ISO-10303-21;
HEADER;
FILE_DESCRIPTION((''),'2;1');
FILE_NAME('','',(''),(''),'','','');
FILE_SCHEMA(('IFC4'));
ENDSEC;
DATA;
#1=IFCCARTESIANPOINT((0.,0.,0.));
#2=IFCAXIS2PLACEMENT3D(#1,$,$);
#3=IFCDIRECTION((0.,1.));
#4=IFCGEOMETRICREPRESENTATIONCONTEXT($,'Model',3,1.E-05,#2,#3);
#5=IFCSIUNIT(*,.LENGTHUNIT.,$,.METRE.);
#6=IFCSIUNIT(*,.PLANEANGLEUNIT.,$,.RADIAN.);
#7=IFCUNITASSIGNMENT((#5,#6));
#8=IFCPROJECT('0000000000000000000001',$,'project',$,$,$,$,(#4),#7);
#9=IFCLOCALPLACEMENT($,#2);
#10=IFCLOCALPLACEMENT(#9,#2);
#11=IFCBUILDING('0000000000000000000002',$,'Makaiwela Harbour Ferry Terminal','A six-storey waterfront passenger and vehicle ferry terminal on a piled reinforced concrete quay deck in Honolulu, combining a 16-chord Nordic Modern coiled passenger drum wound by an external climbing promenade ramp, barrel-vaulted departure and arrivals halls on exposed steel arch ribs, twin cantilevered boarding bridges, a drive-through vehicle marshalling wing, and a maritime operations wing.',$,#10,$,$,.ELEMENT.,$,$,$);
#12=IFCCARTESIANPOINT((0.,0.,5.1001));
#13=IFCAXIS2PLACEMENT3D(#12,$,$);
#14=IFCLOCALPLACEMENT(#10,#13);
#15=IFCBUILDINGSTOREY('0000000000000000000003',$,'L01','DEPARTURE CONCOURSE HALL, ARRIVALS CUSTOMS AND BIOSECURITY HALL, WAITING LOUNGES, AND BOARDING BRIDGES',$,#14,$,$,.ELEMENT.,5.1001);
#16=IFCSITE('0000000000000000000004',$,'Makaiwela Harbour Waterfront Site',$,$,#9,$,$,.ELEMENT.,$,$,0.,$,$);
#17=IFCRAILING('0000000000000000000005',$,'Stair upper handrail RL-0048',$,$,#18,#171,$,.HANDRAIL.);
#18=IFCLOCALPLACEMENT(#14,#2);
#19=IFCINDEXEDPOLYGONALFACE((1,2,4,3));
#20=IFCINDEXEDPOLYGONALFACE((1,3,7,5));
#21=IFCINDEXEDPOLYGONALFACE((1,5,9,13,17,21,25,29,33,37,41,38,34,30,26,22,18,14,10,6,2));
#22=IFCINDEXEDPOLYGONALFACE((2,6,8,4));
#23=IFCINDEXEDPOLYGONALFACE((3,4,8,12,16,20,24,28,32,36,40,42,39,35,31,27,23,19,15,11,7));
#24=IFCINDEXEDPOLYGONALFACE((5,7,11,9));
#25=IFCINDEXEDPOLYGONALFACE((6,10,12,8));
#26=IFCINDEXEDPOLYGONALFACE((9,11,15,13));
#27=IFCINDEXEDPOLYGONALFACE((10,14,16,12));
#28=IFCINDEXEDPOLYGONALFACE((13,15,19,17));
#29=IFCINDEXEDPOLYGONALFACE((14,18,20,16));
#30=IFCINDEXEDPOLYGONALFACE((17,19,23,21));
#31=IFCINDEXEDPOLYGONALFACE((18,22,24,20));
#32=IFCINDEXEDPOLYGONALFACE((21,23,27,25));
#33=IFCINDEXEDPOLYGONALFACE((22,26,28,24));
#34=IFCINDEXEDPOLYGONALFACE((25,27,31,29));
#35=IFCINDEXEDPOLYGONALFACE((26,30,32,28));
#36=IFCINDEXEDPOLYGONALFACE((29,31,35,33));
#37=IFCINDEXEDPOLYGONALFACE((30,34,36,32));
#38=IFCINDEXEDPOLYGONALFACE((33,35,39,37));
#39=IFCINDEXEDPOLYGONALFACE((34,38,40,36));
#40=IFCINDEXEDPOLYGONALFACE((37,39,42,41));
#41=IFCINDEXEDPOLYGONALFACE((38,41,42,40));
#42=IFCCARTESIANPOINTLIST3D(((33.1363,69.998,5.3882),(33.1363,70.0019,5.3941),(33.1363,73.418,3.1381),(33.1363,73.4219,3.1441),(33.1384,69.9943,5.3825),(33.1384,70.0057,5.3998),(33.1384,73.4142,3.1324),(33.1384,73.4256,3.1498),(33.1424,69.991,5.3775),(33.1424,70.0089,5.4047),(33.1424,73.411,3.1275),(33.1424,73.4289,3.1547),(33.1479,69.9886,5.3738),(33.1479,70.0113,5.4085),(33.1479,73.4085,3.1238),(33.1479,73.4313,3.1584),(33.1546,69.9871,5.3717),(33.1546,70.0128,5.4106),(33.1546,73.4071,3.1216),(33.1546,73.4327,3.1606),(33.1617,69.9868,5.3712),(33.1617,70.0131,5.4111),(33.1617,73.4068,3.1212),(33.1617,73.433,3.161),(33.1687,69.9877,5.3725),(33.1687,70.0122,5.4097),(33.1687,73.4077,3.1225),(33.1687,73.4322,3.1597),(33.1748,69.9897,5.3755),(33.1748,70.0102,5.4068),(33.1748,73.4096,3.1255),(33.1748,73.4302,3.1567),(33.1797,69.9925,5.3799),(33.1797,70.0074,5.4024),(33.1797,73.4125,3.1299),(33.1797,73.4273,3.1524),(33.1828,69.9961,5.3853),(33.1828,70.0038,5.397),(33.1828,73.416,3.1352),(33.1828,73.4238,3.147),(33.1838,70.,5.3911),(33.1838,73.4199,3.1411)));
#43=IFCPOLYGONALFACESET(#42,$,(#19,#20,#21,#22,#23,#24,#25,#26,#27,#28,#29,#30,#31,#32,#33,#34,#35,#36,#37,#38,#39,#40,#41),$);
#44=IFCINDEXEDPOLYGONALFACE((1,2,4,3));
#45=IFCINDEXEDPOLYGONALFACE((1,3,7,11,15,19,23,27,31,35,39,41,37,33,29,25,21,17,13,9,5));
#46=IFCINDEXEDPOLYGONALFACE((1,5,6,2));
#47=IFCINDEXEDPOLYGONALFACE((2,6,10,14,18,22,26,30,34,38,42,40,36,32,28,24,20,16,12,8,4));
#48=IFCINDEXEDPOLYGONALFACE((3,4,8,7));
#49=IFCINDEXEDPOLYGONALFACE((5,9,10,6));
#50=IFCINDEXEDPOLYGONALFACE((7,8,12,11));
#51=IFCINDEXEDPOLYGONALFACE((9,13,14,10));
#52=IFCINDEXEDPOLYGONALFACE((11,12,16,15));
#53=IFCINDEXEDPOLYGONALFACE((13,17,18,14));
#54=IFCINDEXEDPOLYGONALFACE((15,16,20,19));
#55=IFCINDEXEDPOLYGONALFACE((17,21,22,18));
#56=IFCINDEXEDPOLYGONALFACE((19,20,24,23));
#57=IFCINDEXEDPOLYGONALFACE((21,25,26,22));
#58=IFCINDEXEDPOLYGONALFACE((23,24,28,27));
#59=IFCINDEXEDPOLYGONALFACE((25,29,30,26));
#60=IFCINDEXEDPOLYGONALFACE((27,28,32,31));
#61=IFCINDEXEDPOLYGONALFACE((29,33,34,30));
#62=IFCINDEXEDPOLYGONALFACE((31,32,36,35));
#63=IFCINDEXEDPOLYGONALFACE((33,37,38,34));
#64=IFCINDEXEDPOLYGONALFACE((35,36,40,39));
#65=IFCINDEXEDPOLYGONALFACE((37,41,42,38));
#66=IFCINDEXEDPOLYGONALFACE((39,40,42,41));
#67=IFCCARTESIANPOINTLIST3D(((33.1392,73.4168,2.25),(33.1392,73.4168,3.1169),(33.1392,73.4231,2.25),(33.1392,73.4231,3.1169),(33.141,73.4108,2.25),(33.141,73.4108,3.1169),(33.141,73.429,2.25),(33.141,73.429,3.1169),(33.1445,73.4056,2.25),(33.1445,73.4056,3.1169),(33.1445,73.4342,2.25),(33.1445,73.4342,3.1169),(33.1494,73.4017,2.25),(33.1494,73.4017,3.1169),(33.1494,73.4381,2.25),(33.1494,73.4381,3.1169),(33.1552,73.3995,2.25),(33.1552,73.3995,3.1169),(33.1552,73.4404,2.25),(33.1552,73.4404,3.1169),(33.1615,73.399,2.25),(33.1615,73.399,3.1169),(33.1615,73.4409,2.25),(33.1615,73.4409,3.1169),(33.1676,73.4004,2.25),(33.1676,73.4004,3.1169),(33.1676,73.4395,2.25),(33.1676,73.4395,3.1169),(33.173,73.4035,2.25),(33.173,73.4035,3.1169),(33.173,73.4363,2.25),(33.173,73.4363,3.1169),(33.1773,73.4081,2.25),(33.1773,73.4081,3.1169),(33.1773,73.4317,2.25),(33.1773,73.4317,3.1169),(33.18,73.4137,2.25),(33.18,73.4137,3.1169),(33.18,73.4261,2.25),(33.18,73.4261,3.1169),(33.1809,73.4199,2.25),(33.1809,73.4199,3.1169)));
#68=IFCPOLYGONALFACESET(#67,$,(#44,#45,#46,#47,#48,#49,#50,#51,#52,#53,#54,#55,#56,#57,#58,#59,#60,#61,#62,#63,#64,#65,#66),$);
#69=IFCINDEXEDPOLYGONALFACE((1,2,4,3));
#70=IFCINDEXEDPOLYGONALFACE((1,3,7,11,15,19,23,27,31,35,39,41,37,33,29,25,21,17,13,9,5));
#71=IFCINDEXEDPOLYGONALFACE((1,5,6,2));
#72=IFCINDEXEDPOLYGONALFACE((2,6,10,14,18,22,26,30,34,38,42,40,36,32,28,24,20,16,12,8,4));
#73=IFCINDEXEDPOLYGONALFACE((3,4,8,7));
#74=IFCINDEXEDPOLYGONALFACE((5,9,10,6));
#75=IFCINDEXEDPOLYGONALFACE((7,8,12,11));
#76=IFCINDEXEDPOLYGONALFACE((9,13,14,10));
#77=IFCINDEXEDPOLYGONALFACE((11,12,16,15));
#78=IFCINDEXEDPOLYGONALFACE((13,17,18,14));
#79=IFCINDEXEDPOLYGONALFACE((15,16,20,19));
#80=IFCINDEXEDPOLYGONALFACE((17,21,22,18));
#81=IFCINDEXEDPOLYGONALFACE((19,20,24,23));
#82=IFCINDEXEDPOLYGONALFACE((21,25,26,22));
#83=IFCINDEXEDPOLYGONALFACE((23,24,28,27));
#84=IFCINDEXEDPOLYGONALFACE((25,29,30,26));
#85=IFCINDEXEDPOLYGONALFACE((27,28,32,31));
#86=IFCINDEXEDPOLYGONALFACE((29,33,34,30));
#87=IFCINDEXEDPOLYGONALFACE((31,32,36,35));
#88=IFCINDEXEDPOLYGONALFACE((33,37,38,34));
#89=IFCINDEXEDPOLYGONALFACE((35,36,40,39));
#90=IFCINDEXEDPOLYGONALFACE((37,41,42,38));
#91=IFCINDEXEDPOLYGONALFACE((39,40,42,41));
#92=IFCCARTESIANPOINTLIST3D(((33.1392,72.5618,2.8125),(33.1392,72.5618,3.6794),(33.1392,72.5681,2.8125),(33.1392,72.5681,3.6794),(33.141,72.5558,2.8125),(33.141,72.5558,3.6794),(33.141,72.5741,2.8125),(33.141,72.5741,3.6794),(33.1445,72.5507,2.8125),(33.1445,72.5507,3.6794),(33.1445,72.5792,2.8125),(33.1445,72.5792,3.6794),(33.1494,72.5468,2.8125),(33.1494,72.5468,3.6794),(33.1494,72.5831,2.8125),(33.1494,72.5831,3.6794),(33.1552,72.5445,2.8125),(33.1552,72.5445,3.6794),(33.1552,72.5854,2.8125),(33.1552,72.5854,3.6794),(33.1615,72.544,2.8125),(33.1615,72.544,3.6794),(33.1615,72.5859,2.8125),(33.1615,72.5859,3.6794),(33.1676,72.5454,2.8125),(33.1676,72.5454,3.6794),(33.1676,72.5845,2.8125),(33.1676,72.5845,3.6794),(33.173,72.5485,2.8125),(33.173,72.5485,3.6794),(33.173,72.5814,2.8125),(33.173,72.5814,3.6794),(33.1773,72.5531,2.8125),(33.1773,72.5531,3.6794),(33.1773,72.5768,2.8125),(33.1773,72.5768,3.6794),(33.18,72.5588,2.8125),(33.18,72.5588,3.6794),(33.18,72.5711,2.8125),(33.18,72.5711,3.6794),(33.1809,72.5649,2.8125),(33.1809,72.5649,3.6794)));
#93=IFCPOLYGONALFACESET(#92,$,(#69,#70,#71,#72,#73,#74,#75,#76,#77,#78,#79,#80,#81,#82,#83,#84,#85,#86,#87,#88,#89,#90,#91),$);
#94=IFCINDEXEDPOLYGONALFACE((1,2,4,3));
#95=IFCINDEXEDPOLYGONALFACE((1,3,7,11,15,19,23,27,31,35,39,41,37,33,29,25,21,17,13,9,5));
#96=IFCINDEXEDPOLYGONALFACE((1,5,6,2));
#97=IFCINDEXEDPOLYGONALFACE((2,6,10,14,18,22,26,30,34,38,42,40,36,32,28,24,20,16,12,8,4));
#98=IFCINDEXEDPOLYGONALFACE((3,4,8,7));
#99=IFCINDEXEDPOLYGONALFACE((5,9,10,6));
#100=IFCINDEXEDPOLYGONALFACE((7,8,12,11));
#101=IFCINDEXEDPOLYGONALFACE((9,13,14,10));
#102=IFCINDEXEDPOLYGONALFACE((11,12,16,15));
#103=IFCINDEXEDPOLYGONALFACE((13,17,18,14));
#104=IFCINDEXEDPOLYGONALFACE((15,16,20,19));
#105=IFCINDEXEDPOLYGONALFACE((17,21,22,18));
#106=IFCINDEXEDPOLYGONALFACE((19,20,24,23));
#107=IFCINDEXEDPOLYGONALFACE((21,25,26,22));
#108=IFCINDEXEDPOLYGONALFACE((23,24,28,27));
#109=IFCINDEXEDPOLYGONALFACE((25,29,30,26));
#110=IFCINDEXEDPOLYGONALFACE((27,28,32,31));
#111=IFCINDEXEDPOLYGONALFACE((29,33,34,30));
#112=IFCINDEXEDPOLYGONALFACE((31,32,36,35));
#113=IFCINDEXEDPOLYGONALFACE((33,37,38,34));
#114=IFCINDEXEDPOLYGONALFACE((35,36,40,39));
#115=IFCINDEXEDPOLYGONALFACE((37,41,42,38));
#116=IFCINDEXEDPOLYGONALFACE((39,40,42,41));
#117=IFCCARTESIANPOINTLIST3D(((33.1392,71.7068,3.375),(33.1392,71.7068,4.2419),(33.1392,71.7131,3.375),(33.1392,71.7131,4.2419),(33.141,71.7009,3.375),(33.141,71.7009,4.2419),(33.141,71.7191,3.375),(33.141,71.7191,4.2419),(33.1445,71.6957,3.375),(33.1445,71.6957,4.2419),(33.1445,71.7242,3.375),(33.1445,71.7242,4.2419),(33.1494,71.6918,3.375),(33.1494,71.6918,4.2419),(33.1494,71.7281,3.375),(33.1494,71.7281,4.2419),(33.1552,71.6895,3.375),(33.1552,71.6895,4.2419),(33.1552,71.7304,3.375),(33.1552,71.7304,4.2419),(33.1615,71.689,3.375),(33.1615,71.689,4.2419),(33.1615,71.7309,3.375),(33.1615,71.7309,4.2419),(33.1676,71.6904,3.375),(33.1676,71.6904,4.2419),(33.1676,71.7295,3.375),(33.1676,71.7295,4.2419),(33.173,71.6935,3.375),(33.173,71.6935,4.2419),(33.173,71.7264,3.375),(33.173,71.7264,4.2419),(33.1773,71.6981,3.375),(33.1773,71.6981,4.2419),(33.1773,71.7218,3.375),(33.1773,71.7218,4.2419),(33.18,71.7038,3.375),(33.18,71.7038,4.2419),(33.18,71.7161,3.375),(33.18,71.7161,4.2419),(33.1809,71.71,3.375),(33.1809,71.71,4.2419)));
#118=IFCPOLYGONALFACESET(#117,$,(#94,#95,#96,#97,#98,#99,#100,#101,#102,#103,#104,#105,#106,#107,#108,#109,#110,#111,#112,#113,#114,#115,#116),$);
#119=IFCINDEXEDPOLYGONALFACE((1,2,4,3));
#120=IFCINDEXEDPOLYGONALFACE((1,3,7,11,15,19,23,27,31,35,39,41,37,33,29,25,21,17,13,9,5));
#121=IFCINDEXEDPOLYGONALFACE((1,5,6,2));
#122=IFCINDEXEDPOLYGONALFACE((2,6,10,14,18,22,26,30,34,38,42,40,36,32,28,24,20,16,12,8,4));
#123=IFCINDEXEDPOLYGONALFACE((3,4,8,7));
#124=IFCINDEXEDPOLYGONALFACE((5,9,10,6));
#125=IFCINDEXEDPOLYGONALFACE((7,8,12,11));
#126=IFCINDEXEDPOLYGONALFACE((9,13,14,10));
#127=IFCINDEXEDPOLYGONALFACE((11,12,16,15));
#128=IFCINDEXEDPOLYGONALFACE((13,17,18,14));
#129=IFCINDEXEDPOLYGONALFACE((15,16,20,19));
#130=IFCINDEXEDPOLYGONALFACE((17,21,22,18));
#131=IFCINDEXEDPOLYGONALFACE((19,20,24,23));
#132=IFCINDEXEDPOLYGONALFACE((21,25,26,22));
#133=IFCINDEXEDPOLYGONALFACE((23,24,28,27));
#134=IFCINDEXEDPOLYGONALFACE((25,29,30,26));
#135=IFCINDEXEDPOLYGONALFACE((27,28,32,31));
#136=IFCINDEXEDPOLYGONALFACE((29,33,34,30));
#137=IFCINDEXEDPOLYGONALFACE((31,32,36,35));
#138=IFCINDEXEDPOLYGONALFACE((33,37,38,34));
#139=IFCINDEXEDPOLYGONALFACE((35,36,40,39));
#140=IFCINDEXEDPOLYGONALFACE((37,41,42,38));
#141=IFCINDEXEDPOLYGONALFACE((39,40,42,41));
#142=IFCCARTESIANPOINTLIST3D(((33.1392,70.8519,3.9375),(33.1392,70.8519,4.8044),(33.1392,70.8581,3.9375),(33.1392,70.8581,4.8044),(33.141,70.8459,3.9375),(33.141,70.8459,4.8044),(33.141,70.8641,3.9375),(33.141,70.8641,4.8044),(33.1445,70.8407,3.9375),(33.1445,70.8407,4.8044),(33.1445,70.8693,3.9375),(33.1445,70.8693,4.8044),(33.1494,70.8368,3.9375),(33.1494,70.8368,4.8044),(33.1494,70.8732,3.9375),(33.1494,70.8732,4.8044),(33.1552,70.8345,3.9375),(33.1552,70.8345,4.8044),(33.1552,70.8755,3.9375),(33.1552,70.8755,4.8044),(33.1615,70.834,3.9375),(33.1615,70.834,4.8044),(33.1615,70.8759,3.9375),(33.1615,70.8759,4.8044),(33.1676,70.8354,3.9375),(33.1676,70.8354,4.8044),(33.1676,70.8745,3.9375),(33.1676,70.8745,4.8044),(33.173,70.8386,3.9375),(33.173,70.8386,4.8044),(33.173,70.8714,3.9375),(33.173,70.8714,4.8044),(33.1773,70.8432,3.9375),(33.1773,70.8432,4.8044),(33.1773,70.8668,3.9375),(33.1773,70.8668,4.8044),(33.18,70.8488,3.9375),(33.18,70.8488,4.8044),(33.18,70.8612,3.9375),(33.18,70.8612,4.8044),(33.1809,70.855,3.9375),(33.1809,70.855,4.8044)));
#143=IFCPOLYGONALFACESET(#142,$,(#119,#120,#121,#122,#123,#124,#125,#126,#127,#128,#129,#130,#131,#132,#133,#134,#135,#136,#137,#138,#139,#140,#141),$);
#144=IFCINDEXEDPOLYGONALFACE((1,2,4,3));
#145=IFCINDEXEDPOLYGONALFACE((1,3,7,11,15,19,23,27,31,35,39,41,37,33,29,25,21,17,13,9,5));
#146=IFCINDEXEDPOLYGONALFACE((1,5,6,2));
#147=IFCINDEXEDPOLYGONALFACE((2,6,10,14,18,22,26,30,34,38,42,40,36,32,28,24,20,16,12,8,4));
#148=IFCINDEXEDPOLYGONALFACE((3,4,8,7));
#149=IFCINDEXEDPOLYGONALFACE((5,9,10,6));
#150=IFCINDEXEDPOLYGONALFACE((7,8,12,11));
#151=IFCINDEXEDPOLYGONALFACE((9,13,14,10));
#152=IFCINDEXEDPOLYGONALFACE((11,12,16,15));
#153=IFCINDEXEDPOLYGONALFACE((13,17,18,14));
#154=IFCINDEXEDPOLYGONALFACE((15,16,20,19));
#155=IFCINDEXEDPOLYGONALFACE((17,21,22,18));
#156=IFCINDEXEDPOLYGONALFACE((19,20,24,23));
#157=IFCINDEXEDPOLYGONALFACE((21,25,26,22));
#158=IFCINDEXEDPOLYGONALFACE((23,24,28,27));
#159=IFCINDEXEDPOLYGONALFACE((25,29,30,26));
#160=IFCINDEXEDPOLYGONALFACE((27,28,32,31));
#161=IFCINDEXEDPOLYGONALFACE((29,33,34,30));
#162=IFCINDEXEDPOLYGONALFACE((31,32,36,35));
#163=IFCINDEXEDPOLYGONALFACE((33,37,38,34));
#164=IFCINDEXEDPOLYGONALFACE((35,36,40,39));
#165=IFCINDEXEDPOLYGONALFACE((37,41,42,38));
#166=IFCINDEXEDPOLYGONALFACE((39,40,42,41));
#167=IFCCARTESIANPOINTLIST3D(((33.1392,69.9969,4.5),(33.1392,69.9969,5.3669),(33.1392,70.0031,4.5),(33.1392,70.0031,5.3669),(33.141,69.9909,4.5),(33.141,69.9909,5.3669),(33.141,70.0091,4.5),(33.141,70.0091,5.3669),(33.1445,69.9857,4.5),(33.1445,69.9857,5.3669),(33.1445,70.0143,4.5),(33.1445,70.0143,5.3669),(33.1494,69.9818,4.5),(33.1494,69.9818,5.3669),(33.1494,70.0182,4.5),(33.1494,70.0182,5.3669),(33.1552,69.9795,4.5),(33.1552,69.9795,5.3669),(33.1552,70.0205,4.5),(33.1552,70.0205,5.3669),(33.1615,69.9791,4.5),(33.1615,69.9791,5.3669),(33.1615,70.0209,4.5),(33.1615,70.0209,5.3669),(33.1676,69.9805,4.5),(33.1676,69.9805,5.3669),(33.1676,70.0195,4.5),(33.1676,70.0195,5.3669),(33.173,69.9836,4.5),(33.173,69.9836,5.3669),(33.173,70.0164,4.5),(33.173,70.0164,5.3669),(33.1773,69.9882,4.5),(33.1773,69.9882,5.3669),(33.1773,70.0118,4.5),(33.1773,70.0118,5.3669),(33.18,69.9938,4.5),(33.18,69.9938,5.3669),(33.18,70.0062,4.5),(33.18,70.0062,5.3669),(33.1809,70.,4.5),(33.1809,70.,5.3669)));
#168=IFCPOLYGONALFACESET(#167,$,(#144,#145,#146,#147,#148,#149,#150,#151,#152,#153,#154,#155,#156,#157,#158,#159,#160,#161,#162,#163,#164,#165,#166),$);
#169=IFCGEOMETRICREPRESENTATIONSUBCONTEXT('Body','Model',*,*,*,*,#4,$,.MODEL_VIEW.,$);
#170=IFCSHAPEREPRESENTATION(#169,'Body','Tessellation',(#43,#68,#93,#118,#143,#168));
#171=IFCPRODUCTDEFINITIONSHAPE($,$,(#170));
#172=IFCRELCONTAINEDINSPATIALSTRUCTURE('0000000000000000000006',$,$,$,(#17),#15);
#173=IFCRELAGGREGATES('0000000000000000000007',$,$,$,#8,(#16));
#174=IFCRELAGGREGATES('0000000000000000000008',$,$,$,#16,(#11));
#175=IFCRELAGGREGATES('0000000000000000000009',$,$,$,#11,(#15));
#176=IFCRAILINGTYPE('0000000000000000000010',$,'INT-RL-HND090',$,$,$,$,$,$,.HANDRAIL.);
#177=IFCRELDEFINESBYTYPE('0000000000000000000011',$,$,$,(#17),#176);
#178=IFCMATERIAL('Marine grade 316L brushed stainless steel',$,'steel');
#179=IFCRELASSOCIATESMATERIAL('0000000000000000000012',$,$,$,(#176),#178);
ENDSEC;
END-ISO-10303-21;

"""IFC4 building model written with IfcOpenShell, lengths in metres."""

from ifc_helpers import new_model, si_unit, direction, frame, origin, origin_2d, place, context, subcontext, project, spatial, circle, extrude, material, type_object, element, save


model = new_model("IFC4")

# Units and contexts
model_context = context("Model", 3, precision=1e-05, world=origin(), true_north=direction((0.0, 1.0)))
body_context = subcontext(model_context, "Body", "Model", "MODEL_VIEW")
ifc_project = project(units=[si_unit("LENGTHUNIT", "METRE"), si_unit("PLANEANGLEUNIT", "RADIAN")], contexts=[model_context])

# Site, building, storey
site_placement = place(None, origin())
site = spatial("IfcSite", under=ifc_project, at=site_placement, Name="Makaiwela Harbour Waterfront Site", CompositionType="ELEMENT", RefElevation=0.0)
building_placement = place(site_placement, origin())
building = spatial("IfcBuilding", under=site, at=building_placement, Name="Makaiwela Harbour Ferry Terminal", Description="A six-storey waterfront passenger and vehicle ferry terminal on a piled reinforced concrete quay deck in Honolulu, combining a 16-chord Nordic Modern coiled passenger drum wound by an external climbing promenade ramp, barrel-vaulted departure and arrivals halls on exposed steel arch ribs, twin cantilevered boarding bridges, a drive-through vehicle marshalling wing, and a maritime operations wing.", CompositionType="ELEMENT")
storey_placement = place(building_placement, frame((0.0, 0.0, 5.1001)))
storey = spatial("IfcBuildingStorey", under=building, at=storey_placement, Name="L01", Description="DEPARTURE CONCOURSE HALL, ARRIVALS CUSTOMS AND BIOSECURITY HALL, WAITING LOUNGES, AND BOARDING BRIDGES", CompositionType="ELEMENT", Elevation=5.1001)

# Shared definitions
ifc_material_1 = material(Name="Marine grade 316L brushed stainless steel", Category="steel")

# Railing
railing_type = type_object("IfcRailingType", Name="INT-RL-HND090", PredefinedType="HANDRAIL", material=ifc_material_1)
for number, where, name in (
    (1, (33.1599, 73.4199, 2.25), "Stair upper handrail RL-0048"),
):
    element("IfcRailing", number, at=place(storey_placement, frame(where)), inside=storey, type_object=railing_type, Name=name, PredefinedType="HANDRAIL", context=body_context, shape_type="SweptSolid", body=[
        extrude(circle(Radius=0.0239, at=origin_2d()), frame((0.0, 0.0, 0.8911), z_axis=(0.0, -0.835411, 0.549625), x_axis=(1.0, 0.0, 0.0)), (0.0, 0.0, 1.0), 4.0938),
        extrude(circle(Radius=0.021, at=origin_2d()), origin(), (0.0, 0.0, 1.0), 0.8669),
        extrude(circle(Radius=0.021, at=origin_2d()), frame((0.0, -0.855, 0.5625)), (0.0, 0.0, 1.0), 0.8669),
        extrude(circle(Radius=0.021, at=origin_2d()), frame((0.0, -1.71, 1.125)), (0.0, 0.0, 1.0), 0.8669),
        extrude(circle(Radius=0.021, at=origin_2d()), frame((0.0, -2.5649, 1.6875)), (0.0, 0.0, 1.0), 0.8669),
        extrude(circle(Radius=0.021, at=origin_2d()), frame((0.0, -3.4199, 2.25)), (0.0, 0.0, 1.0), 0.8669),
    ])

save(model, "model.ifc")
